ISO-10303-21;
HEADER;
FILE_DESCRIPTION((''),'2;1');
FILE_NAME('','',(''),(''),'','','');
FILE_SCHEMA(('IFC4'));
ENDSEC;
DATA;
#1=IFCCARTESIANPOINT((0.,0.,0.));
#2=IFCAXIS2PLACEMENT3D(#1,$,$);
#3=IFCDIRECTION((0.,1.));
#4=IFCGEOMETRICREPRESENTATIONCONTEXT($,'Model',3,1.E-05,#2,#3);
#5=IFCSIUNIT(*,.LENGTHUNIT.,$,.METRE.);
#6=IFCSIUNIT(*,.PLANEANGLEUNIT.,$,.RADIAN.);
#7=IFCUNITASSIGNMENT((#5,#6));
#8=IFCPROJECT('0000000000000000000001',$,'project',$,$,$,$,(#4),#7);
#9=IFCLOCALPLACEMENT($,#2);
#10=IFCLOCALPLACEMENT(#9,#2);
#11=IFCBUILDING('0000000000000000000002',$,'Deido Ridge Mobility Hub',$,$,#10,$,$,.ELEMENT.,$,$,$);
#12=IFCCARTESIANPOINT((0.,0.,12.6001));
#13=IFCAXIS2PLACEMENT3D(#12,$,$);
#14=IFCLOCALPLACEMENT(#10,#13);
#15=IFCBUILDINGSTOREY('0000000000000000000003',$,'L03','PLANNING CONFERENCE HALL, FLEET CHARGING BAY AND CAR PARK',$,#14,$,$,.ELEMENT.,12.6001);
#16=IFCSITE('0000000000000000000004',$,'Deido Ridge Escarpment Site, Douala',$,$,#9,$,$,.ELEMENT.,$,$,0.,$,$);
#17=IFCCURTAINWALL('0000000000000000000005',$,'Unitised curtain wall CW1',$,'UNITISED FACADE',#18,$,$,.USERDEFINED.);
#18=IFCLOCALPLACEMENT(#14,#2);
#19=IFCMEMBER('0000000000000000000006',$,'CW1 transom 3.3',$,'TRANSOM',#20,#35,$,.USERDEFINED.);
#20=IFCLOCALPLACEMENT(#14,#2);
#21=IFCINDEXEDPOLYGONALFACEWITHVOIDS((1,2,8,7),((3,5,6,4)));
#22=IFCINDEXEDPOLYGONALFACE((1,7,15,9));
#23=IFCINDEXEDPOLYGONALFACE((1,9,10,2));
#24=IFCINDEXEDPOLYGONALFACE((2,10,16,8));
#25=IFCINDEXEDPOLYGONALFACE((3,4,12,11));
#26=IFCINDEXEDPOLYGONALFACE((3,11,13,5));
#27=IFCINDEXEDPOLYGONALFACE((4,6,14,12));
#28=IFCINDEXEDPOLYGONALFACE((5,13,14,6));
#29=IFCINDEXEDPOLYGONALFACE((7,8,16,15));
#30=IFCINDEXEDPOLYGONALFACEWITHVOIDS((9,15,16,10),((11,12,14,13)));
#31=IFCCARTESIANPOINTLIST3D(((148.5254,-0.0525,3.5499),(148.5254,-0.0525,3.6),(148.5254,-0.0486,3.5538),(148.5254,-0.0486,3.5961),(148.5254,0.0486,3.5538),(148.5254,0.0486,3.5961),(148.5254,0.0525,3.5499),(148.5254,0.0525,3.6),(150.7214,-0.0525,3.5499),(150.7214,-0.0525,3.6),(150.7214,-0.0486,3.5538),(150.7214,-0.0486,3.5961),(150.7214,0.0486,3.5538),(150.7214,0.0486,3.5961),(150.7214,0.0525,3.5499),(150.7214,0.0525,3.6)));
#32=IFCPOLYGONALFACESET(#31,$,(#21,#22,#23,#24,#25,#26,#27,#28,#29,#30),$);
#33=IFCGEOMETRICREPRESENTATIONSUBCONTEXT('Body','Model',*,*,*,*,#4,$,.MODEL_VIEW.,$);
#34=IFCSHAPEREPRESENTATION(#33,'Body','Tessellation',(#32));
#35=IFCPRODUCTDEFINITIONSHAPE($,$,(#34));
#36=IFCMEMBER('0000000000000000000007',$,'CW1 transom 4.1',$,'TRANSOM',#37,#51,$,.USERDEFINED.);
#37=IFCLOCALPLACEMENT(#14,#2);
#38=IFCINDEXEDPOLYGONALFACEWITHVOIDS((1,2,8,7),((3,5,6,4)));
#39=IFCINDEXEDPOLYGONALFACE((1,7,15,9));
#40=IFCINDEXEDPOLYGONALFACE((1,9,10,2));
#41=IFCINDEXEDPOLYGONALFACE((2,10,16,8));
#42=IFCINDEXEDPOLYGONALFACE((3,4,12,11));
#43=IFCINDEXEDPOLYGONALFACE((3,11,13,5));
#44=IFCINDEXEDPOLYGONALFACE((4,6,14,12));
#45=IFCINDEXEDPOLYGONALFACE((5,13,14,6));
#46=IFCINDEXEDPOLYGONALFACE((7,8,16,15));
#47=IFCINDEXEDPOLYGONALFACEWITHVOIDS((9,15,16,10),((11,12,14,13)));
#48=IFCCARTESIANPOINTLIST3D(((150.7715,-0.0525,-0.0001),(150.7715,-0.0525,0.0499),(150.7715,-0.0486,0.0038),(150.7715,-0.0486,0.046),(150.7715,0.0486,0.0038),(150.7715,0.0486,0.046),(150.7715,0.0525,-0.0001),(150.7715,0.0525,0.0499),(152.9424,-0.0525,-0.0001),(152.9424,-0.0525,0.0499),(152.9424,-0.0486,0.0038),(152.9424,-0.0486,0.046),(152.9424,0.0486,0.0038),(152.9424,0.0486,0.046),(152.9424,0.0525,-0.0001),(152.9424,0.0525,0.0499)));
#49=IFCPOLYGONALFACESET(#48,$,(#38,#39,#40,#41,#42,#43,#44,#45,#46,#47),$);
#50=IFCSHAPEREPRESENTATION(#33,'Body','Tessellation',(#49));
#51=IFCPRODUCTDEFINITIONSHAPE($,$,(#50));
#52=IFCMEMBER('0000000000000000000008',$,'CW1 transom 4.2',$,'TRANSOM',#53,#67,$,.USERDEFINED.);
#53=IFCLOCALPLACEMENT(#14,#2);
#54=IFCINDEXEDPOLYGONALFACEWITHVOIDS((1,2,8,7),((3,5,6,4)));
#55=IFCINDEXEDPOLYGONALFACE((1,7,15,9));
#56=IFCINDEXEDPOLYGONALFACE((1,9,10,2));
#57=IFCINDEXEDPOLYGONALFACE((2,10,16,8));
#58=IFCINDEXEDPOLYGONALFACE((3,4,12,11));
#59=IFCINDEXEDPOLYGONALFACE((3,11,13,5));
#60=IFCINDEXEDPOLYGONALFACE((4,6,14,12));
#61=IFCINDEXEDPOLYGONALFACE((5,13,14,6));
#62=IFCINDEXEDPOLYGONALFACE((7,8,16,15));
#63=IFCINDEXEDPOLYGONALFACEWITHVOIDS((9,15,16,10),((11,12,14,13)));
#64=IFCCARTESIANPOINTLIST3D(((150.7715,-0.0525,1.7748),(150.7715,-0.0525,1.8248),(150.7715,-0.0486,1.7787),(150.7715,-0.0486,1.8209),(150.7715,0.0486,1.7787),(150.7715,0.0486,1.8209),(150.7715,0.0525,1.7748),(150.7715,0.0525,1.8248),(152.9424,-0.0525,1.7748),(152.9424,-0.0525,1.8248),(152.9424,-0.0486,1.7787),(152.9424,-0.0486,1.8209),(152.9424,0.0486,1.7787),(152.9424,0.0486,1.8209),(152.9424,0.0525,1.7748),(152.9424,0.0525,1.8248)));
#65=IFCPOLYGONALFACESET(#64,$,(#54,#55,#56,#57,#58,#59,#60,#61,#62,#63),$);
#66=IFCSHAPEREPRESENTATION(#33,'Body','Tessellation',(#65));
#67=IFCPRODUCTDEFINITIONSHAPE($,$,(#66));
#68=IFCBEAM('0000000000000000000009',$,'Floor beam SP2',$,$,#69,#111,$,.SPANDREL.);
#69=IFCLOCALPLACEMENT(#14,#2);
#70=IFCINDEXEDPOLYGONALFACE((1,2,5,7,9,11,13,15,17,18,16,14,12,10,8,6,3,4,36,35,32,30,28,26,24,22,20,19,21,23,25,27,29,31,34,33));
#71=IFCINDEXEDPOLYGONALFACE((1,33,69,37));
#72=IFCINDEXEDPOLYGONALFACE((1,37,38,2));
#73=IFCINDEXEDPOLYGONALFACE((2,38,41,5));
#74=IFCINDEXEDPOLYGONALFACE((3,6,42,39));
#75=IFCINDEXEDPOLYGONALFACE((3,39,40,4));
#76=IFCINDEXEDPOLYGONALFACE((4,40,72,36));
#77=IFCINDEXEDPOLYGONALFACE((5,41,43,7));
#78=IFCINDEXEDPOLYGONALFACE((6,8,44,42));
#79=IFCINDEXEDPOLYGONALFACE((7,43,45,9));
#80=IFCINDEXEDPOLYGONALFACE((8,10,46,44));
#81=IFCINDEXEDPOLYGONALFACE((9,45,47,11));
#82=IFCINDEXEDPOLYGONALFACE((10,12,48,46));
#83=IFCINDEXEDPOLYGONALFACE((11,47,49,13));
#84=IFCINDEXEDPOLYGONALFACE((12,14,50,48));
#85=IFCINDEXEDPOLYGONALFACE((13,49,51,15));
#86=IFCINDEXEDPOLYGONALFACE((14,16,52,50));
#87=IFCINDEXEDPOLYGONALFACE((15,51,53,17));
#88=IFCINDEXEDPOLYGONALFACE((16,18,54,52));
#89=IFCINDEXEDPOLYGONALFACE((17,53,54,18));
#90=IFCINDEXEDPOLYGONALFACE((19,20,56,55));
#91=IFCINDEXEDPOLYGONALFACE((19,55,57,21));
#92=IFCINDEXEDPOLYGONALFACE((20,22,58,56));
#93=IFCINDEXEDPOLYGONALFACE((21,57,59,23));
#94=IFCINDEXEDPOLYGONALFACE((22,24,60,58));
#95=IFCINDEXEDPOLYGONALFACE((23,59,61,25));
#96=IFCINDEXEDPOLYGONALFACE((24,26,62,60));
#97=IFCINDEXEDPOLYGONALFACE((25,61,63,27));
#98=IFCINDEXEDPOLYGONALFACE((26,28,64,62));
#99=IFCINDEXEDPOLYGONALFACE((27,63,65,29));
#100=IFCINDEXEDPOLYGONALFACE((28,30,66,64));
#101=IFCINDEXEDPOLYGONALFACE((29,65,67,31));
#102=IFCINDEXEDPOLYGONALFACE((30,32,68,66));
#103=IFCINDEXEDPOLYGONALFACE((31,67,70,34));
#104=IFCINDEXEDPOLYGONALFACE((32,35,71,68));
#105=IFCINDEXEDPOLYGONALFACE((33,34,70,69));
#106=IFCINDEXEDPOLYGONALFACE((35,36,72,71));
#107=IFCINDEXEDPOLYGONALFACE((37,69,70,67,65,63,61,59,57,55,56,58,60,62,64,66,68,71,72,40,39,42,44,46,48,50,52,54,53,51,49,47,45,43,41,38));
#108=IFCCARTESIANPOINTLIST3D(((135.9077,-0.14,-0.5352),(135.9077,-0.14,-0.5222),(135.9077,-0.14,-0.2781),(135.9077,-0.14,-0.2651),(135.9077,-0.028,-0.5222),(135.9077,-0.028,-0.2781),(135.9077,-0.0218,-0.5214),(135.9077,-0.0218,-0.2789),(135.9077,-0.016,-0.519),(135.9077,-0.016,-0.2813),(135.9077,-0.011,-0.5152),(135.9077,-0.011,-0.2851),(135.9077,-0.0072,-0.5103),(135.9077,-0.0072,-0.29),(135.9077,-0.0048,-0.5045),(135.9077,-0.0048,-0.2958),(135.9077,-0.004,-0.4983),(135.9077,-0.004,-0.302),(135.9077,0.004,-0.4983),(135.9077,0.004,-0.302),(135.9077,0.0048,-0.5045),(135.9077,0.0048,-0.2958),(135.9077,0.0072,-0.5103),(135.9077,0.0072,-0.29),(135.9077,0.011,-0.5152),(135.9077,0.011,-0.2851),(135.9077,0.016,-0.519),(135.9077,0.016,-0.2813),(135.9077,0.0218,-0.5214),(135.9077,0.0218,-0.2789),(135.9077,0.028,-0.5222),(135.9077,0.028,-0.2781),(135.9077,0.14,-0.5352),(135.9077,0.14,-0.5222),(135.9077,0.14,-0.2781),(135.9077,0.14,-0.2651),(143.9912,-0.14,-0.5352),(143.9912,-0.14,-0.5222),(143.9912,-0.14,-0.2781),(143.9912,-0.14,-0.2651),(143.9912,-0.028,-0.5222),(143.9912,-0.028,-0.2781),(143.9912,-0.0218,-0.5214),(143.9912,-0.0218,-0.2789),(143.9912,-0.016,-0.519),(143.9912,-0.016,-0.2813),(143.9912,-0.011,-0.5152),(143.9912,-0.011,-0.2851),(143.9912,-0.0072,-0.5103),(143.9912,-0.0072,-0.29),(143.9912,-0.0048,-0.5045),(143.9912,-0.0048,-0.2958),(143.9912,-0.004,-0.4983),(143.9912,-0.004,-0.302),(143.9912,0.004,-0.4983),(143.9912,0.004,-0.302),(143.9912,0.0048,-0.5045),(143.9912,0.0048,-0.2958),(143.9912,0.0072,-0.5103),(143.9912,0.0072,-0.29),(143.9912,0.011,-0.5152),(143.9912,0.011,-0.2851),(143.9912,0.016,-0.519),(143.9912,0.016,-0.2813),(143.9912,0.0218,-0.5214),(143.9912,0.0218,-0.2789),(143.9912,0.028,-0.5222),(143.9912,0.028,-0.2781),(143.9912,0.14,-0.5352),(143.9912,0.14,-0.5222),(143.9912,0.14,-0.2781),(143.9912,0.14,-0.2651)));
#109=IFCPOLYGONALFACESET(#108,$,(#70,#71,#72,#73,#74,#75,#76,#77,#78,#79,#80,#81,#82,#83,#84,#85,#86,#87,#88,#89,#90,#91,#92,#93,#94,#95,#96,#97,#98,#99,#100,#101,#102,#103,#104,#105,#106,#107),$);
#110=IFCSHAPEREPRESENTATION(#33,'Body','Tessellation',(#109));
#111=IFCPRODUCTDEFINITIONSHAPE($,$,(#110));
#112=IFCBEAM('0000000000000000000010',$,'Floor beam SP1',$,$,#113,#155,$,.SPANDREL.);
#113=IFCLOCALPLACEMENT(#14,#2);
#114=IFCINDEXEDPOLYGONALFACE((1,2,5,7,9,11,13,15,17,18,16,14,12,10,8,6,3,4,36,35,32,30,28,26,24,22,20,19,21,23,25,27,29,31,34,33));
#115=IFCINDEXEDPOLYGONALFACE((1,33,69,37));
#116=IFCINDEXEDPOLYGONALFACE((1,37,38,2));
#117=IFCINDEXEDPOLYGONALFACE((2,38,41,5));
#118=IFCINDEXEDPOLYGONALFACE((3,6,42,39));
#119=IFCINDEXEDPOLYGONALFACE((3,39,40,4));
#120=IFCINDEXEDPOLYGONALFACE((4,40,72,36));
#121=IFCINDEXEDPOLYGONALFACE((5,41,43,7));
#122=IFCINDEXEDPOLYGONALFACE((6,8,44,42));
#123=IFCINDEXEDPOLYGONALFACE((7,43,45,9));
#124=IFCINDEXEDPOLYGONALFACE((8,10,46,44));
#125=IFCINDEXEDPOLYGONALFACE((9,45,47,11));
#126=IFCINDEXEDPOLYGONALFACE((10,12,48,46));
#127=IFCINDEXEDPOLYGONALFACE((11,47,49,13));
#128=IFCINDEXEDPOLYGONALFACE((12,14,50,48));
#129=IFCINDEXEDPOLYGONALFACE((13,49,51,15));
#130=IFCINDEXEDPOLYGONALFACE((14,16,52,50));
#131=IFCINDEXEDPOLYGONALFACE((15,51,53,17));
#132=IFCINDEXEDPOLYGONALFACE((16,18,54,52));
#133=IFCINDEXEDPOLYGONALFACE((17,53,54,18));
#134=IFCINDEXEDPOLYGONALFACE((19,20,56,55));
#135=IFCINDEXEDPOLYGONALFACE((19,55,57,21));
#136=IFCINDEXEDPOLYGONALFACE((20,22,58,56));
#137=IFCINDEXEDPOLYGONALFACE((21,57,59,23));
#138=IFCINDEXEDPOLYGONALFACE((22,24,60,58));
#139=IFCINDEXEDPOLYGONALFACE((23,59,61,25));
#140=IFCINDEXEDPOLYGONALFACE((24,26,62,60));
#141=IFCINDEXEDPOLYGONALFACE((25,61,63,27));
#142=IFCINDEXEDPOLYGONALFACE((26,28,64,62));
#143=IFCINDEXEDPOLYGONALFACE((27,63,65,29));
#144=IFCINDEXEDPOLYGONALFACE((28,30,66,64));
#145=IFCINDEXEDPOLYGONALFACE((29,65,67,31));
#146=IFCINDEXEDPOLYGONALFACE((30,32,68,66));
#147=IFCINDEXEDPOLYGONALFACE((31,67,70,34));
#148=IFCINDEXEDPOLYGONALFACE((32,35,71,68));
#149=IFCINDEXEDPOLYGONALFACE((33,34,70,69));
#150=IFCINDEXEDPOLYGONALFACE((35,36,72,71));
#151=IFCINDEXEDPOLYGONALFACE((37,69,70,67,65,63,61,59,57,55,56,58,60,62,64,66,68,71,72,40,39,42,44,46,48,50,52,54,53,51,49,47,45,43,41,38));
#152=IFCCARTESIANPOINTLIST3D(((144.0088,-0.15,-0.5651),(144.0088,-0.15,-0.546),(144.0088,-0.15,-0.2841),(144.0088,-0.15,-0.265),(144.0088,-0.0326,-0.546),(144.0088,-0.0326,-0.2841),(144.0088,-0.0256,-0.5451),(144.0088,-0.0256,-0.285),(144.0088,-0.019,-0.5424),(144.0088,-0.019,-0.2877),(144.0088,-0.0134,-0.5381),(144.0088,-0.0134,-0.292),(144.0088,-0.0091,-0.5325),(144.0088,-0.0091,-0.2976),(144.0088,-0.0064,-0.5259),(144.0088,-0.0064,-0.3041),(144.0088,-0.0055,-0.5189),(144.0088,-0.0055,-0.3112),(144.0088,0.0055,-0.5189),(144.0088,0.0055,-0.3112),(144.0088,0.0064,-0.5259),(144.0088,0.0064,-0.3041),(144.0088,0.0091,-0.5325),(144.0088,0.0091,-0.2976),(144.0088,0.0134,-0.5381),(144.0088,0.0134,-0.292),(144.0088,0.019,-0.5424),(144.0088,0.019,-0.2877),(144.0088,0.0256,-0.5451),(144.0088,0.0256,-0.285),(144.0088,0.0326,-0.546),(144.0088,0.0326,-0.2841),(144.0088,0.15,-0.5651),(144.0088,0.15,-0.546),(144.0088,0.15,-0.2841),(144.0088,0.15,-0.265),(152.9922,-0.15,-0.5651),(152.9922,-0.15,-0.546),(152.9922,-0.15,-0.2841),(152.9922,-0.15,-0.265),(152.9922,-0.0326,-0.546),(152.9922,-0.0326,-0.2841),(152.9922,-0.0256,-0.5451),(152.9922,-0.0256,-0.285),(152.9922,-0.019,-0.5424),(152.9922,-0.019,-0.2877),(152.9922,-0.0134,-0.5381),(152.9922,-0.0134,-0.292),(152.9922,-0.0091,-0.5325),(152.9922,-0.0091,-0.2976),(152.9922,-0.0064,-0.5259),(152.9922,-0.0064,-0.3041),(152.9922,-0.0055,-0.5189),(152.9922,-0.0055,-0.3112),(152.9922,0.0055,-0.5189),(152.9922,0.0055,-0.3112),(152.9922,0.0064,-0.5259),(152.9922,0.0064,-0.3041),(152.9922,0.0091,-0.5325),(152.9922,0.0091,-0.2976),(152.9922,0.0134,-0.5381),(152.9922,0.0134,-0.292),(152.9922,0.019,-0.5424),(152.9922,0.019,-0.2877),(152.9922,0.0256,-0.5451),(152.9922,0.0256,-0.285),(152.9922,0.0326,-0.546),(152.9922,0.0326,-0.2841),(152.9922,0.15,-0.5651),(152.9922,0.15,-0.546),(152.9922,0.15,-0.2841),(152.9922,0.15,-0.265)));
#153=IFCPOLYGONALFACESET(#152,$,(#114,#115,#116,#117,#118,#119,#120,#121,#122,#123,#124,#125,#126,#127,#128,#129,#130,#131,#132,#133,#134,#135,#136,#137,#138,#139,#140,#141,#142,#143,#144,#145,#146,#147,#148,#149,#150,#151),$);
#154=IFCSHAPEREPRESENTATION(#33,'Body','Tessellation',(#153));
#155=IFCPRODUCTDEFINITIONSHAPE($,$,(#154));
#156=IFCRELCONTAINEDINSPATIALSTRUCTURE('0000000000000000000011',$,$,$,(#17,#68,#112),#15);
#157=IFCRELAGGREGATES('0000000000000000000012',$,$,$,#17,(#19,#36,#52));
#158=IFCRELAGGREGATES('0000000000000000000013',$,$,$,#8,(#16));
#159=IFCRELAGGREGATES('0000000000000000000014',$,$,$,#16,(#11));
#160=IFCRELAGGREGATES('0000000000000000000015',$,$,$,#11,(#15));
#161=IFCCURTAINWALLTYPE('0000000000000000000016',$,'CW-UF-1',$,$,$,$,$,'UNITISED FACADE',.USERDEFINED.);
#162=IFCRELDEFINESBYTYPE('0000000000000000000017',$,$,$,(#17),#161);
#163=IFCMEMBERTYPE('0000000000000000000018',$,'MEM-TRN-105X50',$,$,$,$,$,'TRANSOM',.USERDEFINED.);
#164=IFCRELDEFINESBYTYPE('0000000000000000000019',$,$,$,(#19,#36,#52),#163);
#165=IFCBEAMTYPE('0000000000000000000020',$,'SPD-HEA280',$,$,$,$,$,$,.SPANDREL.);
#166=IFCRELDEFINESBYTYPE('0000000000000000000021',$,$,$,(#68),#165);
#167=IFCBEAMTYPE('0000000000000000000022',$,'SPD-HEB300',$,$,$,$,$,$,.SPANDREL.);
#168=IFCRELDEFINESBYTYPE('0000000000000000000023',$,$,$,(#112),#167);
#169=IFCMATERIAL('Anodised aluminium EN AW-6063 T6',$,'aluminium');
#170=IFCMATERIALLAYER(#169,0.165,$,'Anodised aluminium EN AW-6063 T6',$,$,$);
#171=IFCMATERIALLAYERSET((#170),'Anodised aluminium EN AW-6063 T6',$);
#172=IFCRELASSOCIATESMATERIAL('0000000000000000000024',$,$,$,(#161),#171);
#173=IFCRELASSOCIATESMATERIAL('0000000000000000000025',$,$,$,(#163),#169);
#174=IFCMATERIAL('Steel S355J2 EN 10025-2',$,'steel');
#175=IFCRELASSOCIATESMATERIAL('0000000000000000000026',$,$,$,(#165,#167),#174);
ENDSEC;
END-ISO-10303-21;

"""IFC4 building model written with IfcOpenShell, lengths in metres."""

from ifc_helpers import new_model, si_unit, direction, frame, origin, origin_2d, place, context, subcontext, project, spatial, hollow_rectangle, i_section, extrude, material, layer, layer_set, material_profile, profile_set, type_object, element, aggregate, save


model = new_model("IFC4")

# Units and contexts
model_context = context("Model", 3, precision=1e-05, world=origin(), true_north=direction((0.0, 1.0)))
body_context = subcontext(model_context, "Body", "Model", "MODEL_VIEW")
ifc_project = project(units=[si_unit("LENGTHUNIT", "METRE"), si_unit("PLANEANGLEUNIT", "RADIAN")], contexts=[model_context])

# Site, building, storey
site_placement = place(None, origin())
site = spatial("IfcSite", under=ifc_project, at=site_placement, Name="Deido Ridge Escarpment Site, Douala", CompositionType="ELEMENT", RefElevation=0.0)
building_placement = place(site_placement, origin())
building = spatial("IfcBuilding", under=site, at=building_placement, Name="Deido Ridge Mobility Hub", CompositionType="ELEMENT")
storey_placement = place(building_placement, frame((0.0, 0.0, 12.6001)))
storey = spatial("IfcBuildingStorey", under=building, at=storey_placement, Name="L03", Description="PLANNING CONFERENCE HALL, FLEET CHARGING BAY AND CAR PARK", CompositionType="ELEMENT", Elevation=12.6001)

# Shared definitions
ifc_material_1 = material(Name="Steel S355J2 EN 10025-2", Category="steel")

# Curtain wall
ifc_material_2 = material(Name="Anodised aluminium EN AW-6063 T6", Category="aluminium")
ifc_layer_1 = layer(ifc_material_2, 0.165, Name="Anodised aluminium EN AW-6063 T6")
ifc_layer_set_1 = layer_set([ifc_layer_1], Name="Anodised aluminium EN AW-6063 T6")
curtain_wall_type = type_object("IfcCurtainWallType", Name="CW-UF-1", ElementType="UNITISED FACADE", PredefinedType="USERDEFINED", material=ifc_layer_set_1)
curtain_wall_placement = place(storey_placement, origin())
curtain_wall = element("IfcCurtainWall", 1, at=curtain_wall_placement, inside=storey, type_object=curtain_wall_type, Name="Unitised curtain wall CW1", ObjectType="UNITISED FACADE", PredefinedType="USERDEFINED")

# Members
ifc_material_profile_1 = material_profile(ifc_material_2, hollow_rectangle(XDim=0.105, YDim=0.05, WallThickness=0.0039, at=origin_2d()), Name="RHS 105x50x4")
ifc_profile_set_1 = profile_set([ifc_material_profile_1], Name="Anodised aluminium EN AW-6063 T6")
member_type_1 = type_object("IfcMemberType", Name="MEM-TRN-105X50", ElementType="TRANSOM", PredefinedType="USERDEFINED", material=ifc_profile_set_1)
member_1_placement = place(storey_placement, frame((148.5254, 0.0, 3.575), z_axis=(1.0, 0.0, 0.0), x_axis=(0.0, 1.0, 0.0)))
member_1 = element("IfcMember", 2, at=member_1_placement, type_object=member_type_1, Name="CW1 transom 3.3", ObjectType="TRANSOM", PredefinedType="USERDEFINED", context=body_context, shape_type="SweptSolid", body=[
    extrude(hollow_rectangle(XDim=0.105, YDim=0.05, WallThickness=0.0039, at=origin_2d()), origin(), (0.0, 0.0, 1.0), 2.196),
])
member_2_placement = place(storey_placement, frame((150.7715, 0.0, 0.0249), z_axis=(1.0, 0.0, 0.0), x_axis=(0.0, 1.0, 0.0)))
member_2 = element("IfcMember", 3, at=member_2_placement, type_object=member_type_1, Name="CW1 transom 4.1", ObjectType="TRANSOM", PredefinedType="USERDEFINED", context=body_context, shape_type="SweptSolid", body=[
    extrude(hollow_rectangle(XDim=0.105, YDim=0.05, WallThickness=0.0039, at=origin_2d()), origin(), (0.0, 0.0, 1.0), 2.1709),
])
member_3_placement = place(storey_placement, frame((150.7715, 0.0, 1.7998), z_axis=(1.0, 0.0, 0.0), x_axis=(0.0, 1.0, 0.0)))
member_3 = element("IfcMember", 4, at=member_3_placement, type_object=member_type_1, Name="CW1 transom 4.2", ObjectType="TRANSOM", PredefinedType="USERDEFINED", context=body_context, shape_type="SweptSolid", body=[
    extrude(hollow_rectangle(XDim=0.105, YDim=0.05, WallThickness=0.0039, at=origin_2d()), origin(), (0.0, 0.0, 1.0), 2.1709),
])

# Beams
ifc_material_profile_2 = material_profile(ifc_material_1, i_section(OverallWidth=0.28, OverallDepth=0.27, WebThickness=0.0081, FlangeThickness=0.0129, FilletRadius=0.0239, at=origin_2d()), Name="HEA 280")
ifc_profile_set_2 = profile_set([ifc_material_profile_2], Name="Steel S355J2 EN 10025-2")
beam_type_1 = type_object("IfcBeamType", Name="SPD-HEA280", PredefinedType="SPANDREL", material=ifc_profile_set_2)
beam_1_placement = place(storey_placement, frame((135.9077, 0.0, -0.4001), z_axis=(1.0, 0.0, 0.0), x_axis=(0.0, 1.0, 0.0)))
element("IfcBeam", 5, at=beam_1_placement, inside=storey, type_object=beam_type_1, Name="Floor beam SP2", PredefinedType="SPANDREL", context=body_context, shape_type="SweptSolid", body=[
    extrude(i_section(OverallWidth=0.28, OverallDepth=0.27, WebThickness=0.0081, FlangeThickness=0.0129, FilletRadius=0.0239, at=origin_2d()), origin(), (0.0, 0.0, 1.0), 8.0835),
])
ifc_material_profile_3 = material_profile(ifc_material_1, i_section(OverallWidth=0.3, OverallDepth=0.3, WebThickness=0.011, FlangeThickness=0.019, FilletRadius=0.0271, at=origin_2d()), Name="HEB 300")
ifc_profile_set_3 = profile_set([ifc_material_profile_3], Name="Steel S355J2 EN 10025-2")
beam_type_2 = type_object("IfcBeamType", Name="SPD-HEB300", PredefinedType="SPANDREL", material=ifc_profile_set_3)
beam_2_placement = place(storey_placement, frame((144.0088, 0.0, -0.415), z_axis=(1.0, 0.0, 0.0), x_axis=(0.0, 1.0, 0.0)))
element("IfcBeam", 6, at=beam_2_placement, inside=storey, type_object=beam_type_2, Name="Floor beam SP1", PredefinedType="SPANDREL", context=body_context, shape_type="SweptSolid", body=[
    extrude(i_section(OverallWidth=0.3, OverallDepth=0.3, WebThickness=0.011, FlangeThickness=0.019, FilletRadius=0.0271, at=origin_2d()), origin(), (0.0, 0.0, 1.0), 8.9834),
])

aggregate(curtain_wall, [member_1, member_2, member_3])

save(model, "model.ifc")
